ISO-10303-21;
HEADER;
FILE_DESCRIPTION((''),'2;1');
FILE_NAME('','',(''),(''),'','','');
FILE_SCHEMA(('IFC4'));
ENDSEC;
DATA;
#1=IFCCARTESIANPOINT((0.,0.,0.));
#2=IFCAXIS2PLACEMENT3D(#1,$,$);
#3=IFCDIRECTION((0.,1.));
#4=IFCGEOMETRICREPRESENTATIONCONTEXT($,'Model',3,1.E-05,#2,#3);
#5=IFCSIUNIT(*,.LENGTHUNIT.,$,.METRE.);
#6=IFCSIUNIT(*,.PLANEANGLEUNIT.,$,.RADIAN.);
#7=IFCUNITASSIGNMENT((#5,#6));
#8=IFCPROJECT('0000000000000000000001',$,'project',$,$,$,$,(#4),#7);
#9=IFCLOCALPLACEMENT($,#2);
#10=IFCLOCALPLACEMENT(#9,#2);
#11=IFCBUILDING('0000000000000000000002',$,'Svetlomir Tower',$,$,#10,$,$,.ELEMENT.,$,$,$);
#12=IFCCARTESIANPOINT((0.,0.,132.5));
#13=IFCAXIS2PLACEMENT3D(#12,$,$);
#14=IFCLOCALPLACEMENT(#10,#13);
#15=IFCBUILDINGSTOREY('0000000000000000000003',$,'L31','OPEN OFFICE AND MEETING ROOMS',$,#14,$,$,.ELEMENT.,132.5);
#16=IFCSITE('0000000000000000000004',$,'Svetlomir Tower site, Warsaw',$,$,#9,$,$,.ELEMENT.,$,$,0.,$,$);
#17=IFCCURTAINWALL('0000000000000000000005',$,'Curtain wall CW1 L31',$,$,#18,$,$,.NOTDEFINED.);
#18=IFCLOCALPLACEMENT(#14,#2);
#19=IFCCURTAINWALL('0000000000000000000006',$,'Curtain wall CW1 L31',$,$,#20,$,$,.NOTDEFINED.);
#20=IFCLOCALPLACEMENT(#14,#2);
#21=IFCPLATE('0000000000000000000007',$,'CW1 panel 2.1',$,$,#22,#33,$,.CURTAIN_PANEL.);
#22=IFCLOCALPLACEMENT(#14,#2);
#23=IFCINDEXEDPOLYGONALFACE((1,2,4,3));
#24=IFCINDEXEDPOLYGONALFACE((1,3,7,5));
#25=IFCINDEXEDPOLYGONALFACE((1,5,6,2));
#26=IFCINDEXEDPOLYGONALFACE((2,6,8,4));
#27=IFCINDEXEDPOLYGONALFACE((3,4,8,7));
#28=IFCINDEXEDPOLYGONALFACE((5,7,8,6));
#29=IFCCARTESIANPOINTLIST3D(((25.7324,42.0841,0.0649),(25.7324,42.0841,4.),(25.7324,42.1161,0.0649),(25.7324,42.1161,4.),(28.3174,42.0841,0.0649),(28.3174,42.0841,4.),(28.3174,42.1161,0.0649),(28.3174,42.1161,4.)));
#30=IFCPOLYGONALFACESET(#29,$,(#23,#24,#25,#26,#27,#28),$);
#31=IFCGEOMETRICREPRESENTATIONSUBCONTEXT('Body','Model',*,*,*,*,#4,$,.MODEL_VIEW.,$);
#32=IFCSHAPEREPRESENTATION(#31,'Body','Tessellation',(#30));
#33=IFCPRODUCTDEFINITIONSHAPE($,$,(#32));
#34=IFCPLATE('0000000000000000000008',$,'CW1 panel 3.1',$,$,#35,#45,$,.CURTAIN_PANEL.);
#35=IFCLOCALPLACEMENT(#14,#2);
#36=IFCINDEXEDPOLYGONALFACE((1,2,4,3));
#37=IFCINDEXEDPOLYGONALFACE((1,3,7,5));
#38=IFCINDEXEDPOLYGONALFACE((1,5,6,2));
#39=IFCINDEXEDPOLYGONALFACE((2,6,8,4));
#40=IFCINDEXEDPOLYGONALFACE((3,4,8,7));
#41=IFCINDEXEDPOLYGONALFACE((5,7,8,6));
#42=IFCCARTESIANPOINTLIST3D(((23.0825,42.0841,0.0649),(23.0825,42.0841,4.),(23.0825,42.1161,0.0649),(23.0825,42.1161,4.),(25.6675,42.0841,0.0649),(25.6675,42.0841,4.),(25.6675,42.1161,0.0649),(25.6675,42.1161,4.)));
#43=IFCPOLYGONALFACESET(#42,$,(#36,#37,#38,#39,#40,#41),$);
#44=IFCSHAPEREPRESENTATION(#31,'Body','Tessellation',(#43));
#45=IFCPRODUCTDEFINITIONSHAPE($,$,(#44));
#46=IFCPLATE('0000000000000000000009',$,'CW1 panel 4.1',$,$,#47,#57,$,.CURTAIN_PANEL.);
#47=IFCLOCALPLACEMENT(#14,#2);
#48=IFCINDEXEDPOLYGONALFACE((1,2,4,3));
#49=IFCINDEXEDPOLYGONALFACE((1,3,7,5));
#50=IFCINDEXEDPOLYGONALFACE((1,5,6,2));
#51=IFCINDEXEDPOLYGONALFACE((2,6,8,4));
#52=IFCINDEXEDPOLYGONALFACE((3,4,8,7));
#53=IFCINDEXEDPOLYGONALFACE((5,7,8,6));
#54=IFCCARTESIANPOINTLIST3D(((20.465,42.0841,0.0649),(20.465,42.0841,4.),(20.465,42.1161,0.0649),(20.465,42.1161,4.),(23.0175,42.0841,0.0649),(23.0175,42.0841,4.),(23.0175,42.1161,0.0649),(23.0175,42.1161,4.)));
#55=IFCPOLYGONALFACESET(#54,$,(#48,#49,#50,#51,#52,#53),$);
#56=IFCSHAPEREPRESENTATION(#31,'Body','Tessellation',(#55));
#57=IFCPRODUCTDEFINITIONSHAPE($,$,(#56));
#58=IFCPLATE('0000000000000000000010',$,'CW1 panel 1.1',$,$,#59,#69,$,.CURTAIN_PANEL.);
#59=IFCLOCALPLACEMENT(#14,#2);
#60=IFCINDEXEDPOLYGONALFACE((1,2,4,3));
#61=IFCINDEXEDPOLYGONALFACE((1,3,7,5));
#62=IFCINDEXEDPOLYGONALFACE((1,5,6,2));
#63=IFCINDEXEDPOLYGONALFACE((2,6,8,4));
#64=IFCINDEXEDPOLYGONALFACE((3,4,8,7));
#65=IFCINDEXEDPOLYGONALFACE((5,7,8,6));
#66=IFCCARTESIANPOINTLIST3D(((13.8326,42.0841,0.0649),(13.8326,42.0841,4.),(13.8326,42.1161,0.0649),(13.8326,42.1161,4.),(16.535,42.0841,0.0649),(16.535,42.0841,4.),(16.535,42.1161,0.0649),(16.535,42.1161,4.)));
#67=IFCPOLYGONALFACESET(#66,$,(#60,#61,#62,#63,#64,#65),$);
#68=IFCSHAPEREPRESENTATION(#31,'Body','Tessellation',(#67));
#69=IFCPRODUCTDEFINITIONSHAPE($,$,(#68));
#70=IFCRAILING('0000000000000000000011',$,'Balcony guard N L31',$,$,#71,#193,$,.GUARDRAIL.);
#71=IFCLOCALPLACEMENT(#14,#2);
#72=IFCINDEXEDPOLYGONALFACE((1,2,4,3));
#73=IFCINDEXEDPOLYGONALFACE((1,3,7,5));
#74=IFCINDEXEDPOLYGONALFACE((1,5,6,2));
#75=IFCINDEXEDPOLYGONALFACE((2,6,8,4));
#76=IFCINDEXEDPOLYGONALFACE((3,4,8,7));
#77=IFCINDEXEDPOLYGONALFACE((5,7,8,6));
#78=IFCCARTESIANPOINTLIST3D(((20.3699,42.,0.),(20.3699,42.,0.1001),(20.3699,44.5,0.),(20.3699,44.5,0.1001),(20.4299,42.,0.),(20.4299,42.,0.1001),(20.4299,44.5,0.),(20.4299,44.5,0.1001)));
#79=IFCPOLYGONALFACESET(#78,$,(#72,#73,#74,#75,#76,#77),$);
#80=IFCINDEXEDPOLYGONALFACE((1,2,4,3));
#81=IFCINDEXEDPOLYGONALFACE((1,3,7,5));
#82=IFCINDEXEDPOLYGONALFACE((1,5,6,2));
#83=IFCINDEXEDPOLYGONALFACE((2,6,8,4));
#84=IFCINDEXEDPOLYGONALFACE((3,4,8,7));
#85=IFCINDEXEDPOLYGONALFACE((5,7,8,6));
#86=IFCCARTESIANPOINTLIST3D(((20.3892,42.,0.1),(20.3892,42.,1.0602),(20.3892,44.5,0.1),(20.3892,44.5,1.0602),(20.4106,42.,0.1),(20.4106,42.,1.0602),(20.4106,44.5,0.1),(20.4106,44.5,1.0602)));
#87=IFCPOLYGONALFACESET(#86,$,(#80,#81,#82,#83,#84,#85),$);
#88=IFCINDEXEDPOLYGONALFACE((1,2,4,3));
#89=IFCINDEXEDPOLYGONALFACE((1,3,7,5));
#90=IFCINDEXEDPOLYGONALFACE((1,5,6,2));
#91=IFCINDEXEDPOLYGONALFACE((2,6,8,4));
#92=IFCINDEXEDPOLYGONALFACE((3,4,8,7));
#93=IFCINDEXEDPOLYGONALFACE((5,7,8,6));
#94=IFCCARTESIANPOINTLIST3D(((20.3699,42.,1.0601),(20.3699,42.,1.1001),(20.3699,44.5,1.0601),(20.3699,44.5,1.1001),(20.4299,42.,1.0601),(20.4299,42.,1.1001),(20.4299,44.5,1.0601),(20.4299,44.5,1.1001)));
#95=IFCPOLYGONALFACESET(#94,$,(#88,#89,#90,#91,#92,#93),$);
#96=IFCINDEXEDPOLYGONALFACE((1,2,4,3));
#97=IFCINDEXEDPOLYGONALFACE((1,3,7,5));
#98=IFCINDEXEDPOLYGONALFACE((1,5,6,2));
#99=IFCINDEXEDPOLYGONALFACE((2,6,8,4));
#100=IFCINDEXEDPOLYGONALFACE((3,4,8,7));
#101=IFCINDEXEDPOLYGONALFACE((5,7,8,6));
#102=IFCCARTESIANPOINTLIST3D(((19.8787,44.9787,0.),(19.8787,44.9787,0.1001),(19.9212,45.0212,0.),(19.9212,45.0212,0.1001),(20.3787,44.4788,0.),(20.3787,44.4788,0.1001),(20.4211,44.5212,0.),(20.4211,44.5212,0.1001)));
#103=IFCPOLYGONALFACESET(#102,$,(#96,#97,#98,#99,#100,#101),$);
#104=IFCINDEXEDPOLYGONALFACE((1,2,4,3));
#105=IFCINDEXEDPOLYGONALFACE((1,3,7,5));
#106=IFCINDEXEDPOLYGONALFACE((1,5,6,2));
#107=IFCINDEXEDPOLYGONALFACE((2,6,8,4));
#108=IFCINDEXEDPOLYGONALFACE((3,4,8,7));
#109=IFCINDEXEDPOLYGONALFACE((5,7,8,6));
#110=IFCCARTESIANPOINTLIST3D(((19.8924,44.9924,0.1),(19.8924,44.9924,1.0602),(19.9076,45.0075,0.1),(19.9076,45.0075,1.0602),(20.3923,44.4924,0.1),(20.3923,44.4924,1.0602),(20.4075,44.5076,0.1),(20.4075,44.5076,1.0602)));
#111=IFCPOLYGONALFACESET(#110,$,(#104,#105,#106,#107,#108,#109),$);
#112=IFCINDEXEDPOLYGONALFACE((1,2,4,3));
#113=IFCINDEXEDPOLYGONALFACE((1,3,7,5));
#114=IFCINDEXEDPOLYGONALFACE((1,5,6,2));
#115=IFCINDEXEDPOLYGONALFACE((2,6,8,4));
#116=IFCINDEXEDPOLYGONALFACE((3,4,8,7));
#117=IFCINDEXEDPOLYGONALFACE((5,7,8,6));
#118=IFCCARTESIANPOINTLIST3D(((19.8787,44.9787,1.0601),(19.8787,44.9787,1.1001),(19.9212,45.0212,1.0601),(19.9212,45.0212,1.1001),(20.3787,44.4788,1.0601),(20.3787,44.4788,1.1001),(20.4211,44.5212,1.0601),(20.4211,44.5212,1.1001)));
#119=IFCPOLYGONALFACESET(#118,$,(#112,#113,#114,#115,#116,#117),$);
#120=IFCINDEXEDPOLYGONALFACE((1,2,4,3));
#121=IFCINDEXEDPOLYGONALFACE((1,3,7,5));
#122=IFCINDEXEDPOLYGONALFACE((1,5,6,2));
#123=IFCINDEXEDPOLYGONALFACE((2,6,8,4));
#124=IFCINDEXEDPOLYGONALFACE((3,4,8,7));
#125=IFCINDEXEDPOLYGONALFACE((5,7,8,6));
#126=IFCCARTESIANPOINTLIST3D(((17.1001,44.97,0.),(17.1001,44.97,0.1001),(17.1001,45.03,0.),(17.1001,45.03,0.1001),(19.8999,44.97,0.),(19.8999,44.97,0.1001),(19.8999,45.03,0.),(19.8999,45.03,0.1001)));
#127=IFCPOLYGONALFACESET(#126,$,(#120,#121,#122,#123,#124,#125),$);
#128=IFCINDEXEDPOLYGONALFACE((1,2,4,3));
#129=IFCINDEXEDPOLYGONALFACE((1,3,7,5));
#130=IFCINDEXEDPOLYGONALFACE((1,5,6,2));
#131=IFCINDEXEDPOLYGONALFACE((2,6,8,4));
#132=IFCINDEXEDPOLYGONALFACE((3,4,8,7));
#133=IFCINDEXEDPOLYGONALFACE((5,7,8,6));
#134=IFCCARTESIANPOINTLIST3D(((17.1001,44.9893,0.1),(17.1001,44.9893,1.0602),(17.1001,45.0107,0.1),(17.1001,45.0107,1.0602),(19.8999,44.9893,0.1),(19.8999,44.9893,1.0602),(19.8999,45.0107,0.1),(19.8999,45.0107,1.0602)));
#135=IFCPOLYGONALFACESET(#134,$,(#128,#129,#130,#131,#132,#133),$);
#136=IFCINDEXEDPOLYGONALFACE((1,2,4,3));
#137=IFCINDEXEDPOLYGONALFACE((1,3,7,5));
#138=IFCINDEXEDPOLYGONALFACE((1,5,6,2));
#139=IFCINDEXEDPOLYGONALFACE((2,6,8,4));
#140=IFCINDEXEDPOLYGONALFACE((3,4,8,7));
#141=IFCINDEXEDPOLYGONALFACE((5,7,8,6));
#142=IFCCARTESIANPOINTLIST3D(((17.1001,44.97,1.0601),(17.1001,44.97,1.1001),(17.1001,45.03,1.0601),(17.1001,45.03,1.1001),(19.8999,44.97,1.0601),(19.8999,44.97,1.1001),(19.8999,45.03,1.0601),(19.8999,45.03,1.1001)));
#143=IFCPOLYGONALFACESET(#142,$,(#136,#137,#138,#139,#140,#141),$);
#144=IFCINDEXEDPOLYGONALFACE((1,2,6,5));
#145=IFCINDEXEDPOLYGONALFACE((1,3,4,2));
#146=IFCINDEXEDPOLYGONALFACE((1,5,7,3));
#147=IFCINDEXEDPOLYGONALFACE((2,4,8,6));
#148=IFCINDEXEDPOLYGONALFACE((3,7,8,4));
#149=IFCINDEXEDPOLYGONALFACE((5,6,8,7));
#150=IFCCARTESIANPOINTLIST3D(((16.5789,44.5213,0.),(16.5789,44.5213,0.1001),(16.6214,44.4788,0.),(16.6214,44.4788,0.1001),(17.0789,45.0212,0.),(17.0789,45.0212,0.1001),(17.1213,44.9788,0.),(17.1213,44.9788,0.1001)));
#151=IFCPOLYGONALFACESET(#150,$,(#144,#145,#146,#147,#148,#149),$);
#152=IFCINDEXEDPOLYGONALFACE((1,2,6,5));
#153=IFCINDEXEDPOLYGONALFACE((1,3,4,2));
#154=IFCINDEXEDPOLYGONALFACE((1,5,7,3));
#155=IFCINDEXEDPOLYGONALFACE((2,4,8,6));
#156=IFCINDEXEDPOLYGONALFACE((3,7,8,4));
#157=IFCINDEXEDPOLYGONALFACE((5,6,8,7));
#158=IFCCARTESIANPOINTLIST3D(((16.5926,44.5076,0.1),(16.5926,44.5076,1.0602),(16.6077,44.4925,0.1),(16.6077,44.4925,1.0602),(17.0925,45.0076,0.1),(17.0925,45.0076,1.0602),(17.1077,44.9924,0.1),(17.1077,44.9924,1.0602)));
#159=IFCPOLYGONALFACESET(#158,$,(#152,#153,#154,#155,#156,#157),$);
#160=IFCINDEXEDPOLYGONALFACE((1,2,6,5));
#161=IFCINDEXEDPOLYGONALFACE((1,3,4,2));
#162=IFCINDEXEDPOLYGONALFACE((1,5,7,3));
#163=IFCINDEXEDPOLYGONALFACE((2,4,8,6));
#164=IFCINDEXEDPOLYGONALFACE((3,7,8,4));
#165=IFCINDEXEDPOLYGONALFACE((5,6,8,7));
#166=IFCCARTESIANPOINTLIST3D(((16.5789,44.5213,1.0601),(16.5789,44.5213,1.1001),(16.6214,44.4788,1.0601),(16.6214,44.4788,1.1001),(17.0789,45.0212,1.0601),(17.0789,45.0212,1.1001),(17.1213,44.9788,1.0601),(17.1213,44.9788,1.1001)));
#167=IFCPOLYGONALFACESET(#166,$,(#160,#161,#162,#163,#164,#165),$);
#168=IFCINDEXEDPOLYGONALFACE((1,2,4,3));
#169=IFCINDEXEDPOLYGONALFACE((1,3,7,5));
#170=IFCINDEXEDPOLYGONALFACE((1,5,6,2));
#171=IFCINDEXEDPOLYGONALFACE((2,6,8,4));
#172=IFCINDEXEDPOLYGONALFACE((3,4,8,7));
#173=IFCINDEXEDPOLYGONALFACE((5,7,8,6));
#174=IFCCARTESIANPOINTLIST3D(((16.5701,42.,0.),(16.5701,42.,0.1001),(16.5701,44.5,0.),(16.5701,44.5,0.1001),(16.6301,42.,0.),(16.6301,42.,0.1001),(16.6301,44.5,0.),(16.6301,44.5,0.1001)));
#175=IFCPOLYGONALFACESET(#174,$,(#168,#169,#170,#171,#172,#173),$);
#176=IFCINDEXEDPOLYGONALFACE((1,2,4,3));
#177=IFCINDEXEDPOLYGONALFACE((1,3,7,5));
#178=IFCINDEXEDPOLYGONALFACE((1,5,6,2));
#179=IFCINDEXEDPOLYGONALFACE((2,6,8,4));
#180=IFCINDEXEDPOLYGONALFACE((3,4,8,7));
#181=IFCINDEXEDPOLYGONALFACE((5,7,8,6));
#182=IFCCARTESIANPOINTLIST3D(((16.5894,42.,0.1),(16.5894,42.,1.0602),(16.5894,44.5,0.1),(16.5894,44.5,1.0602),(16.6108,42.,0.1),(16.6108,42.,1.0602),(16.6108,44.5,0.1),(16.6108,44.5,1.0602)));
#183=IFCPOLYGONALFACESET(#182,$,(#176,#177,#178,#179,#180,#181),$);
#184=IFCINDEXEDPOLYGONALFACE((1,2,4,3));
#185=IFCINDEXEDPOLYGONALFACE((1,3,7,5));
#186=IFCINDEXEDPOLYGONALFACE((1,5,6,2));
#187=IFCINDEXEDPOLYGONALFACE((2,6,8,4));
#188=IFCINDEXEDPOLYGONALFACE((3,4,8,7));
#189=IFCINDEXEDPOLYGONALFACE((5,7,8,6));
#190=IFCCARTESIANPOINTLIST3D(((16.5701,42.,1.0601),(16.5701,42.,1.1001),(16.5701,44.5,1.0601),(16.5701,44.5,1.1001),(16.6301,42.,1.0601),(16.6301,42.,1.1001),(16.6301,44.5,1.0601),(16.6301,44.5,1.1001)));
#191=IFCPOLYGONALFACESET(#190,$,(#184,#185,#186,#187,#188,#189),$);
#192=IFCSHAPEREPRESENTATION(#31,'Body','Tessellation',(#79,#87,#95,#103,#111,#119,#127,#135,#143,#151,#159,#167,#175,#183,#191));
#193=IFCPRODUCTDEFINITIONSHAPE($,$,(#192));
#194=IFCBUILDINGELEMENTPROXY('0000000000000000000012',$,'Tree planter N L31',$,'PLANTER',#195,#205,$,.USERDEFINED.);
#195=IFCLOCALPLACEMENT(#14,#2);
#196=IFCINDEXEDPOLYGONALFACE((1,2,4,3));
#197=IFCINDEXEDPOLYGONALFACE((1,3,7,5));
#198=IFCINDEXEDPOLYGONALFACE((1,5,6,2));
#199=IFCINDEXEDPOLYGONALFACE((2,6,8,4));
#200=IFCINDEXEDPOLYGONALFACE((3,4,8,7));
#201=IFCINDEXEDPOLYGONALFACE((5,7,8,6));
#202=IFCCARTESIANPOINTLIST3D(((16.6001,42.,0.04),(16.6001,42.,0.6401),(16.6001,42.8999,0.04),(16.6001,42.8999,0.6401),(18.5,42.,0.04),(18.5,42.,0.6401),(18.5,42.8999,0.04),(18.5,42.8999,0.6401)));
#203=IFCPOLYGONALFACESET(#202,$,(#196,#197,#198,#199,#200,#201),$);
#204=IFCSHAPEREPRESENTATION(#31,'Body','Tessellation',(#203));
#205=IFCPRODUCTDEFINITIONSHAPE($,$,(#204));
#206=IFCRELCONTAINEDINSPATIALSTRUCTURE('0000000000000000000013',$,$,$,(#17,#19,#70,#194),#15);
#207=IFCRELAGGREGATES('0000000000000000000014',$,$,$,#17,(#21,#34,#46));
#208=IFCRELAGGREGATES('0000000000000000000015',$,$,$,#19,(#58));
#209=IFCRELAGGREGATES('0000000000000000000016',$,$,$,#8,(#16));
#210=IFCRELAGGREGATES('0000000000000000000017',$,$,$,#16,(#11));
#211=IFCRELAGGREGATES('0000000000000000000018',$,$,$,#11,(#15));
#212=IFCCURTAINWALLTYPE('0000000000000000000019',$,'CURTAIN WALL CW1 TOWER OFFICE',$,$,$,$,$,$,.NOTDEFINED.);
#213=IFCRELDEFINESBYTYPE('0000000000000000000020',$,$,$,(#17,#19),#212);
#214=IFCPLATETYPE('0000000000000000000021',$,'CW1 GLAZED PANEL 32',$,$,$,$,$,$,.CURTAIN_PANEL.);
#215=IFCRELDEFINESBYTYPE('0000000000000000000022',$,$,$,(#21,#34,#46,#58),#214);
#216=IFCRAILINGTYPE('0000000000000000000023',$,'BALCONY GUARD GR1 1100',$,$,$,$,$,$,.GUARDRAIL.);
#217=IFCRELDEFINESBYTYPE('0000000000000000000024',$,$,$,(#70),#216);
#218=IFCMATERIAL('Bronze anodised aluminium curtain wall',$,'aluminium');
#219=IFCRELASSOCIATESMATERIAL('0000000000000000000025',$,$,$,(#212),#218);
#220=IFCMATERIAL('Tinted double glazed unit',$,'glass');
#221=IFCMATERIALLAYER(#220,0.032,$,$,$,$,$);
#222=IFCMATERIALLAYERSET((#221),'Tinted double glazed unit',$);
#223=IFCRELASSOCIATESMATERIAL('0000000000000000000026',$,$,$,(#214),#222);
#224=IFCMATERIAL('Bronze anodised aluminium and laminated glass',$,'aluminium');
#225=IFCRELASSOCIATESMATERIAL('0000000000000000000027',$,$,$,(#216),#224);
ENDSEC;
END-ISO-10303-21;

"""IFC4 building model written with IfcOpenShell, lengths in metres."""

from ifc_helpers import new_model, si_unit, direction, frame, origin, origin_2d, place, context, subcontext, project, spatial, rectangle, extrude, material, layer, layer_set, type_object, element, aggregate, save


model = new_model("IFC4")

# Units and contexts
model_context = context("Model", 3, precision=1e-05, world=origin(), true_north=direction((0.0, 1.0)))
body_context = subcontext(model_context, "Body", "Model", "MODEL_VIEW")
ifc_project = project(units=[si_unit("LENGTHUNIT", "METRE"), si_unit("PLANEANGLEUNIT", "RADIAN")], contexts=[model_context])

# Site, building, storey
site_placement = place(None, origin())
site = spatial("IfcSite", under=ifc_project, at=site_placement, Name="Svetlomir Tower site, Warsaw", CompositionType="ELEMENT", RefElevation=0.0)
building_placement = place(site_placement, origin())
building = spatial("IfcBuilding", under=site, at=building_placement, Name="Svetlomir Tower", CompositionType="ELEMENT")
storey_placement = place(building_placement, frame((0.0, 0.0, 132.5)))
storey = spatial("IfcBuildingStorey", under=building, at=storey_placement, Name="L31", Description="OPEN OFFICE AND MEETING ROOMS", CompositionType="ELEMENT", Elevation=132.5)

# Curtain wall
ifc_material_1 = material(Name="Bronze anodised aluminium curtain wall", Category="aluminium")
curtain_wall_type = type_object("IfcCurtainWallType", Name="CURTAIN WALL CW1 TOWER OFFICE", PredefinedType="NOTDEFINED", material=ifc_material_1)
curtain_wall_1_placement = place(storey_placement, origin())
curtain_wall_1 = element("IfcCurtainWall", 1, at=curtain_wall_1_placement, inside=storey, type_object=curtain_wall_type, Name="Curtain wall CW1 L31", PredefinedType="NOTDEFINED")

# Curtain wall
curtain_wall_2_placement = place(storey_placement, origin())
curtain_wall_2 = element("IfcCurtainWall", 2, at=curtain_wall_2_placement, inside=storey, type_object=curtain_wall_type, Name="Curtain wall CW1 L31", PredefinedType="NOTDEFINED")

# Plates
ifc_material_2 = material(Name="Tinted double glazed unit", Category="glass")
ifc_layer_1 = layer(ifc_material_2, 0.032)
ifc_layer_set_1 = layer_set([ifc_layer_1], Name="Tinted double glazed unit")
plate_type = type_object("IfcPlateType", Name="CW1 GLAZED PANEL 32", PredefinedType="CURTAIN_PANEL", material=ifc_layer_set_1)
plate_1_placement = place(storey_placement, frame((27.0249, 42.1001, 0.0649), z_axis=(0.0, 0.0, 1.0), x_axis=(-1.0, 0.0, 0.0)))
plate_1 = element("IfcPlate", 3, at=plate_1_placement, type_object=plate_type, Name="CW1 panel 2.1", PredefinedType="CURTAIN_PANEL", context=body_context, shape_type="SweptSolid", body=[
    extrude(rectangle(XDim=2.585, YDim=0.032, at=origin_2d()), origin(), (0.0, 0.0, 1.0), 3.9351),
])
plate_2_placement = place(storey_placement, frame((24.375, 42.1001, 0.0649), z_axis=(0.0, 0.0, 1.0), x_axis=(-1.0, 0.0, 0.0)))
plate_2 = element("IfcPlate", 4, at=plate_2_placement, type_object=plate_type, Name="CW1 panel 3.1", PredefinedType="CURTAIN_PANEL", context=body_context, shape_type="SweptSolid", body=[
    extrude(rectangle(XDim=2.585, YDim=0.032, at=origin_2d()), origin(), (0.0, 0.0, 1.0), 3.9351),
])
plate_3_placement = place(storey_placement, frame((21.7412, 42.1001, 0.0649), z_axis=(0.0, 0.0, 1.0), x_axis=(-1.0, 0.0, 0.0)))
plate_3 = element("IfcPlate", 5, at=plate_3_placement, type_object=plate_type, Name="CW1 panel 4.1", PredefinedType="CURTAIN_PANEL", context=body_context, shape_type="SweptSolid", body=[
    extrude(rectangle(XDim=2.5525, YDim=0.032, at=origin_2d()), origin(), (0.0, 0.0, 1.0), 3.9351),
])
aggregate(curtain_wall_1, [plate_1, plate_2, plate_3])
plate_4_placement = place(storey_placement, frame((15.1838, 42.1001, 0.0649), z_axis=(0.0, 0.0, 1.0), x_axis=(-1.0, 0.0, 0.0)))
plate_4 = element("IfcPlate", 6, at=plate_4_placement, type_object=plate_type, Name="CW1 panel 1.1", PredefinedType="CURTAIN_PANEL", context=body_context, shape_type="SweptSolid", body=[
    extrude(rectangle(XDim=2.7024, YDim=0.032, at=origin_2d()), origin(), (0.0, 0.0, 1.0), 3.9351),
])
aggregate(curtain_wall_2, [plate_4])

# Railing
ifc_material_3 = material(Name="Bronze anodised aluminium and laminated glass", Category="aluminium")
railing_type = type_object("IfcRailingType", Name="BALCONY GUARD GR1 1100", PredefinedType="GUARDRAIL", material=ifc_material_3)
railing_placement = place(storey_placement, frame((20.3999, 42.0, 0.0)))
element("IfcRailing", 7, at=railing_placement, inside=storey, type_object=railing_type, Name="Balcony guard N L31", PredefinedType="GUARDRAIL", context=body_context, shape_type="SweptSolid", body=[
    extrude(rectangle(XDim=0.0601, YDim=0.1001, at=origin_2d()), frame((0.0, 0.0, 0.05), z_axis=(0.0, 1.0, 0.0), x_axis=(-1.0, 0.0, 0.0)), (0.0, 0.0, 1.0), 2.5),
    extrude(rectangle(XDim=0.0215, YDim=0.9602, at=origin_2d()), frame((0.0, 0.0, 0.5801), z_axis=(0.0, 1.0, 0.0), x_axis=(-1.0, 0.0, 0.0)), (0.0, 0.0, 1.0), 2.5),
    extrude(rectangle(XDim=0.0601, YDim=0.04, at=origin_2d()), frame((0.0, 0.0, 1.0801), z_axis=(0.0, 1.0, 0.0), x_axis=(-1.0, 0.0, 0.0)), (0.0, 0.0, 1.0), 2.5),
    extrude(rectangle(XDim=0.0601, YDim=0.1001, at=origin_2d()), frame((0.0, 2.5, 0.05), z_axis=(-0.707107, 0.707107, 0.0), x_axis=(-0.707107, -0.707107, 0.0)), (0.0, 0.0, 1.0), 0.707),
    extrude(rectangle(XDim=0.0215, YDim=0.9602, at=origin_2d()), frame((0.0, 2.5, 0.5801), z_axis=(-0.707107, 0.707107, 0.0), x_axis=(-0.707107, -0.707107, 0.0)), (0.0, 0.0, 1.0), 0.707),
    extrude(rectangle(XDim=0.0601, YDim=0.04, at=origin_2d()), frame((0.0, 2.5, 1.0801), z_axis=(-0.707107, 0.707107, 0.0), x_axis=(-0.707107, -0.707107, 0.0)), (0.0, 0.0, 1.0), 0.707),
    extrude(rectangle(XDim=0.0601, YDim=0.1001, at=origin_2d()), frame((-0.5, 3.0, 0.05), z_axis=(-1.0, 0.0, 0.0), x_axis=(0.0, -1.0, 0.0)), (0.0, 0.0, 1.0), 2.7998),
    extrude(rectangle(XDim=0.0215, YDim=0.9602, at=origin_2d()), frame((-0.5, 3.0, 0.5801), z_axis=(-1.0, 0.0, 0.0), x_axis=(0.0, -1.0, 0.0)), (0.0, 0.0, 1.0), 2.7998),
    extrude(rectangle(XDim=0.0601, YDim=0.04, at=origin_2d()), frame((-0.5, 3.0, 1.0801), z_axis=(-1.0, 0.0, 0.0), x_axis=(0.0, -1.0, 0.0)), (0.0, 0.0, 1.0), 2.7998),
    extrude(rectangle(XDim=0.0601, YDim=0.1001, at=origin_2d()), frame((-3.2998, 3.0, 0.05), z_axis=(-0.707107, -0.707107, 0.0), x_axis=(0.707107, -0.707107, 0.0)), (0.0, 0.0, 1.0), 0.707),
    extrude(rectangle(XDim=0.0215, YDim=0.9602, at=origin_2d()), frame((-3.2998, 3.0, 0.5801), z_axis=(-0.707107, -0.707107, 0.0), x_axis=(0.707107, -0.707107, 0.0)), (0.0, 0.0, 1.0), 0.707),
    extrude(rectangle(XDim=0.0601, YDim=0.04, at=origin_2d()), frame((-3.2998, 3.0, 1.0801), z_axis=(-0.707107, -0.707107, 0.0), x_axis=(0.707107, -0.707107, 0.0)), (0.0, 0.0, 1.0), 0.707),
    extrude(rectangle(XDim=0.0601, YDim=0.1001, at=origin_2d()), frame((-3.7998, 2.5, 0.05), z_axis=(0.0, -1.0, 0.0), x_axis=(1.0, 0.0, 0.0)), (0.0, 0.0, 1.0), 2.5),
    extrude(rectangle(XDim=0.0215, YDim=0.9602, at=origin_2d()), frame((-3.7998, 2.5, 0.5801), z_axis=(0.0, -1.0, 0.0), x_axis=(1.0, 0.0, 0.0)), (0.0, 0.0, 1.0), 2.5),
    extrude(rectangle(XDim=0.0601, YDim=0.04, at=origin_2d()), frame((-3.7998, 2.5, 1.0801), z_axis=(0.0, -1.0, 0.0), x_axis=(1.0, 0.0, 0.0)), (0.0, 0.0, 1.0), 2.5),
])

# Building element proxy
proxy_placement = place(storey_placement, frame((17.55, 42.45, 0.04), z_axis=(0.0, 0.0, 1.0), x_axis=(1.0, 0.0, 0.0)))
element("IfcBuildingElementProxy", 8, at=proxy_placement, inside=storey, Name="Tree planter N L31", ObjectType="PLANTER", PredefinedType="USERDEFINED", context=body_context, shape_type="SweptSolid", body=[
    extrude(rectangle(XDim=1.8999, YDim=0.8999, at=origin_2d()), origin(), (0.0, 0.0, 1.0), 0.6001),
])

save(model, "model.ifc")
